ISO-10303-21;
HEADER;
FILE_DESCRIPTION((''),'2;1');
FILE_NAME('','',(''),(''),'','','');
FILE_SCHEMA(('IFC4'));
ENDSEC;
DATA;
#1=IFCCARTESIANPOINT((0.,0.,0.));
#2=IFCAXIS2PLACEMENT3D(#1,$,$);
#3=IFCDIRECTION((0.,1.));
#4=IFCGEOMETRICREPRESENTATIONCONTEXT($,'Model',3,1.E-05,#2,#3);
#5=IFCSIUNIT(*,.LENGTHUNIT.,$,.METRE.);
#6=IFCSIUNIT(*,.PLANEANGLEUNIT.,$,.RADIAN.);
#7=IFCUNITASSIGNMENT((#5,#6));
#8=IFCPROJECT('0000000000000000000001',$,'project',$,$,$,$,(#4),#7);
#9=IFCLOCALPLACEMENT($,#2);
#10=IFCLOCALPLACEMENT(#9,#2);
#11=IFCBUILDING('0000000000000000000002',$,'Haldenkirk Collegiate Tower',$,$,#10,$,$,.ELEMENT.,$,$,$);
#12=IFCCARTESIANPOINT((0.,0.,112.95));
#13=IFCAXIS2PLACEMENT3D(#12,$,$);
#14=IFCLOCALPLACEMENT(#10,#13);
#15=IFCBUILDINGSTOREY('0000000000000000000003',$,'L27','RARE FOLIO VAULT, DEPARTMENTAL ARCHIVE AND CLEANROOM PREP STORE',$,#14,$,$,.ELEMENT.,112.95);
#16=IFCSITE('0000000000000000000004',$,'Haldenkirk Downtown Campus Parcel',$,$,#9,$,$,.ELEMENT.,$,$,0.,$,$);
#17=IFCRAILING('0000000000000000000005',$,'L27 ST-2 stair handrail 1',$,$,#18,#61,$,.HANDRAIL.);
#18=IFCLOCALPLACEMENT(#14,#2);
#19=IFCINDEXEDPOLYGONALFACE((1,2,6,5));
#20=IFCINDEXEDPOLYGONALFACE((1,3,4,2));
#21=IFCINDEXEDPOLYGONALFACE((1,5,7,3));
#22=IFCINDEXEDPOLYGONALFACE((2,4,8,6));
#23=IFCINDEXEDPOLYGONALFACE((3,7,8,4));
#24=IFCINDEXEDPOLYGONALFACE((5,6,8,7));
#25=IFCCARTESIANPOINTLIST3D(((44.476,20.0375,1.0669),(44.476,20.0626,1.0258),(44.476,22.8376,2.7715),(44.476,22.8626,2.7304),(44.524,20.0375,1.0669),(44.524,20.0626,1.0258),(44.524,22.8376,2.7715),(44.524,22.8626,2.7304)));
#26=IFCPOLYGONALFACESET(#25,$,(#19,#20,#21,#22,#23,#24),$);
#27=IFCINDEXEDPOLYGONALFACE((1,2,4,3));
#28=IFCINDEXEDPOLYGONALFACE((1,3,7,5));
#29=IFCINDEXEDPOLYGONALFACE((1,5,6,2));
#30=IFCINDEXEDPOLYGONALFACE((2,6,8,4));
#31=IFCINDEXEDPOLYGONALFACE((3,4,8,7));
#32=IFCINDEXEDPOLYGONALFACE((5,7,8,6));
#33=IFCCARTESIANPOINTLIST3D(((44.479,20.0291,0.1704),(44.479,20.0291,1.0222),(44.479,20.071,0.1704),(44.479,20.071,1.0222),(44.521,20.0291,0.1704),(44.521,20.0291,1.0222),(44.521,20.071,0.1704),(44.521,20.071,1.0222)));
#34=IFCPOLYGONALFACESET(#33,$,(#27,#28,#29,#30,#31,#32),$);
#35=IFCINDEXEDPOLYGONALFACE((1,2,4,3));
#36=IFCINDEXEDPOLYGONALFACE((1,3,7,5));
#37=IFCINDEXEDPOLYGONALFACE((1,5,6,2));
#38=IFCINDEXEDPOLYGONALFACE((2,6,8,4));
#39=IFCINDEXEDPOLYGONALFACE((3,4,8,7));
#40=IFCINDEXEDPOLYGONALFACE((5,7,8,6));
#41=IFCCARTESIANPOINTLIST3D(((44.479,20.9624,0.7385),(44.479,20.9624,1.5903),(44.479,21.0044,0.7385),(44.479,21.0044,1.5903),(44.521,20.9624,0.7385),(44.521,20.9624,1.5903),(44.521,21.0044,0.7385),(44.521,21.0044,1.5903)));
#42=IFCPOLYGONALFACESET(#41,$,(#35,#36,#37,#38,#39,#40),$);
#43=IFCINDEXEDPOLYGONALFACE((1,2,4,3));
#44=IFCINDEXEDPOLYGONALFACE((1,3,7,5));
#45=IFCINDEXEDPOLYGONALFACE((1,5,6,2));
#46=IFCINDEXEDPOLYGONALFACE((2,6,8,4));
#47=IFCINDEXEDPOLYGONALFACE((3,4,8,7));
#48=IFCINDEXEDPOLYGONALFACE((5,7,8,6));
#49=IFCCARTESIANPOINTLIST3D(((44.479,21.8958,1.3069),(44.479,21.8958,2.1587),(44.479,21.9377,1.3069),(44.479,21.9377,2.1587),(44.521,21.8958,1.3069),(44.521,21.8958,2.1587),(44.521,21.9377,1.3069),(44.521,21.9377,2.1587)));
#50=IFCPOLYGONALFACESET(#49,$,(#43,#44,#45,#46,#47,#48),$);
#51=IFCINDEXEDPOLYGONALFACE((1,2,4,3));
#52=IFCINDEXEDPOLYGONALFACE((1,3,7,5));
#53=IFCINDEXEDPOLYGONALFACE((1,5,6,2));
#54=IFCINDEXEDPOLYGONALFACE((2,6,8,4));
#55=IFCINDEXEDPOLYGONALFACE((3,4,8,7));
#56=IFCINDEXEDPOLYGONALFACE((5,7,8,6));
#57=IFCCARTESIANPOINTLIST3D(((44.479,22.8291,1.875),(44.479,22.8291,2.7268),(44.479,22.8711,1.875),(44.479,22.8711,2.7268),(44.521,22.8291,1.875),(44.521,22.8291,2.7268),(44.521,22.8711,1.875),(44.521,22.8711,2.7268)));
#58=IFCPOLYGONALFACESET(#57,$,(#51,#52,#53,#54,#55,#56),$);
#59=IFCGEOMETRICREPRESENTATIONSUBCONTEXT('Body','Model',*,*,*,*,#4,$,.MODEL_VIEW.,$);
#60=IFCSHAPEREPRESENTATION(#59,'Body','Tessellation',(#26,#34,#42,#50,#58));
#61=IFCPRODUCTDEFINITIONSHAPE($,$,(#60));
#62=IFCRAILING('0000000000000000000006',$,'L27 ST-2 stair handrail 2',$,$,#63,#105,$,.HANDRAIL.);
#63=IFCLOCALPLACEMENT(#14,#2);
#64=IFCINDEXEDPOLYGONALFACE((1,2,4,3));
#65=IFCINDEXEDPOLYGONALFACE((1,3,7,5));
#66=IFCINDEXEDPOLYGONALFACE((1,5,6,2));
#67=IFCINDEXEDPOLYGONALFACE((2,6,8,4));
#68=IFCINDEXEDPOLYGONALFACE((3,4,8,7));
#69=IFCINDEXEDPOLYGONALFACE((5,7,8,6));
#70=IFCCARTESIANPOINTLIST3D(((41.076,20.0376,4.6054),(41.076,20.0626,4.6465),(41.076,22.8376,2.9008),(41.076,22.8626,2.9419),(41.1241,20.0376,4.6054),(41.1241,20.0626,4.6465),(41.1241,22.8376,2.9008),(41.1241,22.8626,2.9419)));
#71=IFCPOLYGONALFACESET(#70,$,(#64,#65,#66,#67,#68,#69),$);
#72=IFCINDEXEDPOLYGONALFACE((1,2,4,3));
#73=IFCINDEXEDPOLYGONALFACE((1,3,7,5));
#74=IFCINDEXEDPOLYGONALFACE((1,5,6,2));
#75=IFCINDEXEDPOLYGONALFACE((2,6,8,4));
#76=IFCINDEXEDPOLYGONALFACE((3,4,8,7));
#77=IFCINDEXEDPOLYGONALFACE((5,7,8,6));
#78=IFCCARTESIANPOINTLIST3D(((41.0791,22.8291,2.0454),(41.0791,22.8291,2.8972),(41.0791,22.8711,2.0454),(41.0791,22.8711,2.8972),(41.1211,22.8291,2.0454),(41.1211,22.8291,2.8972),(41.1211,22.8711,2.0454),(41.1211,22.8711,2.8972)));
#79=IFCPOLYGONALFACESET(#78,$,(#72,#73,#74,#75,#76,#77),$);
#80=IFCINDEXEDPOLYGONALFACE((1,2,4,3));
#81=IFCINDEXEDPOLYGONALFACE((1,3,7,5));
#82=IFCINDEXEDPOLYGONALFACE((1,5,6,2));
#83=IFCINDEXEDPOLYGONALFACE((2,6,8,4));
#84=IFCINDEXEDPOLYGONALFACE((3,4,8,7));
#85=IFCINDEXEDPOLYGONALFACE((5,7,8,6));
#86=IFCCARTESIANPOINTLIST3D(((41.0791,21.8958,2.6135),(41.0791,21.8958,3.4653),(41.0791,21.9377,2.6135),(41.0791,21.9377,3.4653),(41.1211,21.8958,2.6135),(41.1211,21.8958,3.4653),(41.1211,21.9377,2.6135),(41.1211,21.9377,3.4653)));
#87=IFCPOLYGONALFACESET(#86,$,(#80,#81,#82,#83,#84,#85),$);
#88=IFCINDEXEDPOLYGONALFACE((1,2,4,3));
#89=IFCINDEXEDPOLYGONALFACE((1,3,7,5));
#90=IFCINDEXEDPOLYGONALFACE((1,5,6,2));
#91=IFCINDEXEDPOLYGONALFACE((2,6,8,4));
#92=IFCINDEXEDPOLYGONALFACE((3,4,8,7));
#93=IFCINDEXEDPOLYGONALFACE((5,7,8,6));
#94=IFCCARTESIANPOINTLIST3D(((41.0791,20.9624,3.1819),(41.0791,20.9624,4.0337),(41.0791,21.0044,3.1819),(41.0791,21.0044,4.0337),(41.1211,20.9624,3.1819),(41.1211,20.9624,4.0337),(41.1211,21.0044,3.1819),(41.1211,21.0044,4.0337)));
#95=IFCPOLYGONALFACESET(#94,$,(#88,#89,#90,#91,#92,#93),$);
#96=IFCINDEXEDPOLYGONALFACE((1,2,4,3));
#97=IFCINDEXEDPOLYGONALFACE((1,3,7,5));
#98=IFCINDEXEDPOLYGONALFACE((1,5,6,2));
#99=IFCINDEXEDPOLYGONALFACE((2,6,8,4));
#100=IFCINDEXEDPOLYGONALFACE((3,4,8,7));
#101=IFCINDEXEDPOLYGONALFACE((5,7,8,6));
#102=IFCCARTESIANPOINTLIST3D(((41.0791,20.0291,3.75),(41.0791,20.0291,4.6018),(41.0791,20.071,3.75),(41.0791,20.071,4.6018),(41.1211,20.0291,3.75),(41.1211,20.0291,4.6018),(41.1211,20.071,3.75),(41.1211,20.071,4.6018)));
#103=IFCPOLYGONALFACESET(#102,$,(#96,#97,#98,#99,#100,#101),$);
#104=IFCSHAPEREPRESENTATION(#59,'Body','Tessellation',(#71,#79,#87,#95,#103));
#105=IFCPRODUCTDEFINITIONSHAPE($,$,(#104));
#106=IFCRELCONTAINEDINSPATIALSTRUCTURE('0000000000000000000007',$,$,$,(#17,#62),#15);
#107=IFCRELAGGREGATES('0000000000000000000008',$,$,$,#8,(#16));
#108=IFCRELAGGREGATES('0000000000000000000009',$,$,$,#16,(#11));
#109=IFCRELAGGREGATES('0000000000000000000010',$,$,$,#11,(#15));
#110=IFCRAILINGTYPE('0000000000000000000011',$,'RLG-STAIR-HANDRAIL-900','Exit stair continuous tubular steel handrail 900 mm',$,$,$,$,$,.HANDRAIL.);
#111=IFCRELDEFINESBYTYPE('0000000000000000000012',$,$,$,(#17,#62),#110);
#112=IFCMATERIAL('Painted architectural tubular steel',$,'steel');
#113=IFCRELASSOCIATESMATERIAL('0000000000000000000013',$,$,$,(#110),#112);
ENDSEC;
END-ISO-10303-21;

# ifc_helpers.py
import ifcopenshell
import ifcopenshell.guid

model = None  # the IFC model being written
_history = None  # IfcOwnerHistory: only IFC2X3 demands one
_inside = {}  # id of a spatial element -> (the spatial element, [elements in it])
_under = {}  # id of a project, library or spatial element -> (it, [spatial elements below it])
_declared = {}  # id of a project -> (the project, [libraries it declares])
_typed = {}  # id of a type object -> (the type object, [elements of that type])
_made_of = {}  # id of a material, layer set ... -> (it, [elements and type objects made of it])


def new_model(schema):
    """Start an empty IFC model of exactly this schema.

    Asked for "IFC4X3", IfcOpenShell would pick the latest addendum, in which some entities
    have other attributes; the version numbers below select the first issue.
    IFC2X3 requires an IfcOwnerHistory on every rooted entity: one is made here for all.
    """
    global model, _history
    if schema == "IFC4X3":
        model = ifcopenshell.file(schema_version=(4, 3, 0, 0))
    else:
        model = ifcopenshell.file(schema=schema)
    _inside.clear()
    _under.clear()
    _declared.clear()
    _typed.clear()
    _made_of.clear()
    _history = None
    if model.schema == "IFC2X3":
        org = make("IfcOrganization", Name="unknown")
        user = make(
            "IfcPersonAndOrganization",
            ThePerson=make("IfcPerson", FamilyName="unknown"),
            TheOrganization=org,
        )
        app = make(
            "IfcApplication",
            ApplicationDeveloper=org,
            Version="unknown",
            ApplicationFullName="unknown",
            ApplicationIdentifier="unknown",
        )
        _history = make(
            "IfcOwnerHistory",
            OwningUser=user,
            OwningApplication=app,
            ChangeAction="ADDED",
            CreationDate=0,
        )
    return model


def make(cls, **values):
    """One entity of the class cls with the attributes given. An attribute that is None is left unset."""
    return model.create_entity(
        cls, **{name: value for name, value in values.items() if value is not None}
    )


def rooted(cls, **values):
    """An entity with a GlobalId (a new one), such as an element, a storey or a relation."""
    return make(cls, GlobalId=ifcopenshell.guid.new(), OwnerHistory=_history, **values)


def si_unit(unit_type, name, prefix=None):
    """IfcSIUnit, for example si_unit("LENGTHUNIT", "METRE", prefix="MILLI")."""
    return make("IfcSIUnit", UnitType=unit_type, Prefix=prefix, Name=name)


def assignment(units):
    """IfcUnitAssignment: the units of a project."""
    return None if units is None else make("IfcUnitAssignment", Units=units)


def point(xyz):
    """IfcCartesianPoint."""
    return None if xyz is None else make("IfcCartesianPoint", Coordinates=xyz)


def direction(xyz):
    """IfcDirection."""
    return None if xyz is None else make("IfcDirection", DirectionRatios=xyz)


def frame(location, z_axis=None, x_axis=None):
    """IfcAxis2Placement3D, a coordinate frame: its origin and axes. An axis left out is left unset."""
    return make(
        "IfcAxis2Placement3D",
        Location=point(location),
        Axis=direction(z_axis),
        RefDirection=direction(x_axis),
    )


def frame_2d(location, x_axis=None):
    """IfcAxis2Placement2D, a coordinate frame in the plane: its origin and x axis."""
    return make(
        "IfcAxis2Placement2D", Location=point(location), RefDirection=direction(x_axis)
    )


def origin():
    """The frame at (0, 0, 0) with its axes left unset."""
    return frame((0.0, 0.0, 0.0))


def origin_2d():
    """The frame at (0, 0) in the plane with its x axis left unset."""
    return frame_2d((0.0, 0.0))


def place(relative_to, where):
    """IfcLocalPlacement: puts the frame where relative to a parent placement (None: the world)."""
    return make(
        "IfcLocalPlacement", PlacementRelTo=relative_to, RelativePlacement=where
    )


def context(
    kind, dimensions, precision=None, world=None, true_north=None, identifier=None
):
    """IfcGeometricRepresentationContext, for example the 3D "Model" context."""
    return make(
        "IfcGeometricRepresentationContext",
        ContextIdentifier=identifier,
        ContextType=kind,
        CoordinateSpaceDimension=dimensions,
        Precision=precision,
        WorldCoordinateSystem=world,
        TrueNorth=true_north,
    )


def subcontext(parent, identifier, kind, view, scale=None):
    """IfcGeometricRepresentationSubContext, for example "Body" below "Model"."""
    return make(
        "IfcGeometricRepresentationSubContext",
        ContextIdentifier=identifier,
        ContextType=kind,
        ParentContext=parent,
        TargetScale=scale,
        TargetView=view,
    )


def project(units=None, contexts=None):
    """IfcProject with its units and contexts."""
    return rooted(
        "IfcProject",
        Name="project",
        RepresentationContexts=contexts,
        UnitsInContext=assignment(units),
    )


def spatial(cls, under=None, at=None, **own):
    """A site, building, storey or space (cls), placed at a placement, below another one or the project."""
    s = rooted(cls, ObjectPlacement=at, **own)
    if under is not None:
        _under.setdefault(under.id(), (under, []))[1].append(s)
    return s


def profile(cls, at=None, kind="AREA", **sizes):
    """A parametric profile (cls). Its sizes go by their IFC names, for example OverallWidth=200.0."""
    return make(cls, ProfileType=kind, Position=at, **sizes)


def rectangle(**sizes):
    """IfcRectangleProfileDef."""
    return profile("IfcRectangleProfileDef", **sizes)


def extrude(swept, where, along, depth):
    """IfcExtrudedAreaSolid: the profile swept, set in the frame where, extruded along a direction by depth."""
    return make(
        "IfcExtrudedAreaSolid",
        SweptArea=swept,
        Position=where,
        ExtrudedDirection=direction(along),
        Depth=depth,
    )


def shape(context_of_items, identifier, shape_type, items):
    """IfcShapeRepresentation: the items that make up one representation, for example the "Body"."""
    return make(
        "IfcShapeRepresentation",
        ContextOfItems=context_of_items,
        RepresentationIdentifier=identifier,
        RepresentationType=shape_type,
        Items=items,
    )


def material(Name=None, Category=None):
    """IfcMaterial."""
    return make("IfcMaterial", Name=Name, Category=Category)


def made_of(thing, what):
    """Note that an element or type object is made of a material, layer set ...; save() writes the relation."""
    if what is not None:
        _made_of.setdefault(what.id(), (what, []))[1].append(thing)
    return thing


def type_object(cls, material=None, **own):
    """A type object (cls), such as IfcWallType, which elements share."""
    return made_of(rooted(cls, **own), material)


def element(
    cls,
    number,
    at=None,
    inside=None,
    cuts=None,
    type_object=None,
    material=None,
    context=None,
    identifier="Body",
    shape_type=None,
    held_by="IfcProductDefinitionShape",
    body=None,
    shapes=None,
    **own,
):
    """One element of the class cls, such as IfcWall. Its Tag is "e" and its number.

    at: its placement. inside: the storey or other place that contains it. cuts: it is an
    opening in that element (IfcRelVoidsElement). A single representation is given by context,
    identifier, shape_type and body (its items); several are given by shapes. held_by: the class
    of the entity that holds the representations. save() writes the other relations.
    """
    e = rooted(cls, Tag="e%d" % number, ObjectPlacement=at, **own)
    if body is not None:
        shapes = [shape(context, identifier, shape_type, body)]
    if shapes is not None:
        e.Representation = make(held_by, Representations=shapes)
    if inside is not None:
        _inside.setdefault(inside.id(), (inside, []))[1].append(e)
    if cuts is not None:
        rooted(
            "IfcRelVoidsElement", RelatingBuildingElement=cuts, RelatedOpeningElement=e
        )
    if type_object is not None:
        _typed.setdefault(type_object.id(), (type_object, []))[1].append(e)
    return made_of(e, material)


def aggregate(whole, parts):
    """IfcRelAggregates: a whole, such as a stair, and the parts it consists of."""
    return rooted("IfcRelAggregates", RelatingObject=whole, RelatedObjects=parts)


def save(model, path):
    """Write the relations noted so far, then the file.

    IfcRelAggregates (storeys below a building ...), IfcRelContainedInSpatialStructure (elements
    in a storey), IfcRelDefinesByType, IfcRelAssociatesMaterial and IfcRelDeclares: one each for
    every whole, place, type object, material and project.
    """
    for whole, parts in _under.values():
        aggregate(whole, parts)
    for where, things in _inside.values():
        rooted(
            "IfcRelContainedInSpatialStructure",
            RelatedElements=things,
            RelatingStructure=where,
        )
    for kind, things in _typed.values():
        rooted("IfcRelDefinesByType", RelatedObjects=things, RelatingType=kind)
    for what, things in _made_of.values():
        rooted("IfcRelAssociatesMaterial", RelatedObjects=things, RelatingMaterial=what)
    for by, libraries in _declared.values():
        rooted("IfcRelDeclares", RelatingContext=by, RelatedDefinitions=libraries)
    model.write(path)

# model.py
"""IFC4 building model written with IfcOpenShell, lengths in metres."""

from ifc_helpers import new_model, si_unit, direction, frame, origin, origin_2d, place, context, subcontext, project, spatial, rectangle, extrude, material, type_object, element, save


model = new_model("IFC4")

# Units and contexts
model_context = context("Model", 3, precision=1e-05, world=origin(), true_north=direction((0.0, 1.0)))
body_context = subcontext(model_context, "Body", "Model", "MODEL_VIEW")
ifc_project = project(units=[si_unit("LENGTHUNIT", "METRE"), si_unit("PLANEANGLEUNIT", "RADIAN")], contexts=[model_context])

# Site, building, storey
site_placement = place(None, origin())
site = spatial("IfcSite", under=ifc_project, at=site_placement, Name="Haldenkirk Downtown Campus Parcel", CompositionType="ELEMENT", RefElevation=0.0)
building_placement = place(site_placement, origin())
building = spatial("IfcBuilding", under=site, at=building_placement, Name="Haldenkirk Collegiate Tower", CompositionType="ELEMENT")
storey_placement = place(building_placement, frame((0.0, 0.0, 112.95)))
storey = spatial("IfcBuildingStorey", under=building, at=storey_placement, Name="L27", Description="RARE FOLIO VAULT, DEPARTMENTAL ARCHIVE AND CLEANROOM PREP STORE", CompositionType="ELEMENT", Elevation=112.95)

# Railings
ifc_material_1 = material(Name="Painted architectural tubular steel", Category="steel")
railing_type_1 = type_object("IfcRailingType", Name="RLG-STAIR-HANDRAIL-900", Description="Exit stair continuous tubular steel handrail 900 mm", PredefinedType="HANDRAIL", material=ifc_material_1)
railing_1_placement = place(storey_placement, frame((44.5, 20.05, 0.1704)))
element("IfcRailing", 1, at=railing_1_placement, inside=storey, type_object=railing_type_1, Name="L27 ST-2 stair handrail 1", PredefinedType="HANDRAIL", context=body_context, shape_type="SweptSolid", body=[
    extrude(rectangle(XDim=0.0481, YDim=0.0481, at=origin_2d()), frame((0.0, 0.0, 0.876), z_axis=(0.0, 0.85417, 0.519994), x_axis=(-1.0, 0.0, 0.0)), (0.0, 0.0, 1.0), 3.2781),
    extrude(rectangle(XDim=0.042, YDim=0.042, at=origin_2d()), origin(), (0.0, 0.0, 1.0), 0.8518),
    extrude(rectangle(XDim=0.042, YDim=0.042, at=origin_2d()), frame((0.0, 0.9333, 0.5681)), (0.0, 0.0, 1.0), 0.8518),
    extrude(rectangle(XDim=0.042, YDim=0.042, at=origin_2d()), frame((0.0, 1.8667, 1.1365)), (0.0, 0.0, 1.0), 0.8518),
    extrude(rectangle(XDim=0.042, YDim=0.042, at=origin_2d()), frame((0.0, 2.8, 1.7046)), (0.0, 0.0, 1.0), 0.8518),
])
railing_2_placement = place(storey_placement, frame((41.1001, 22.8501, 2.0454)))
element("IfcRailing", 2, at=railing_2_placement, inside=storey, type_object=railing_type_1, Name="L27 ST-2 stair handrail 2", PredefinedType="HANDRAIL", context=body_context, shape_type="SweptSolid", body=[
    extrude(rectangle(XDim=0.0481, YDim=0.0481, at=origin_2d()), frame((0.0, 0.0, 0.876), z_axis=(0.0, -0.85417, 0.519994), x_axis=(1.0, 0.0, 0.0)), (0.0, 0.0, 1.0), 3.2781),
    extrude(rectangle(XDim=0.042, YDim=0.042, at=origin_2d()), origin(), (0.0, 0.0, 1.0), 0.8518),
    extrude(rectangle(XDim=0.042, YDim=0.042, at=origin_2d()), frame((0.0, -0.9333, 0.5681)), (0.0, 0.0, 1.0), 0.8518),
    extrude(rectangle(XDim=0.042, YDim=0.042, at=origin_2d()), frame((0.0, -1.8667, 1.1365)), (0.0, 0.0, 1.0), 0.8518),
    extrude(rectangle(XDim=0.042, YDim=0.042, at=origin_2d()), frame((0.0, -2.8, 1.7046)), (0.0, 0.0, 1.0), 0.8518),
])

save(model, "model.ifc")
